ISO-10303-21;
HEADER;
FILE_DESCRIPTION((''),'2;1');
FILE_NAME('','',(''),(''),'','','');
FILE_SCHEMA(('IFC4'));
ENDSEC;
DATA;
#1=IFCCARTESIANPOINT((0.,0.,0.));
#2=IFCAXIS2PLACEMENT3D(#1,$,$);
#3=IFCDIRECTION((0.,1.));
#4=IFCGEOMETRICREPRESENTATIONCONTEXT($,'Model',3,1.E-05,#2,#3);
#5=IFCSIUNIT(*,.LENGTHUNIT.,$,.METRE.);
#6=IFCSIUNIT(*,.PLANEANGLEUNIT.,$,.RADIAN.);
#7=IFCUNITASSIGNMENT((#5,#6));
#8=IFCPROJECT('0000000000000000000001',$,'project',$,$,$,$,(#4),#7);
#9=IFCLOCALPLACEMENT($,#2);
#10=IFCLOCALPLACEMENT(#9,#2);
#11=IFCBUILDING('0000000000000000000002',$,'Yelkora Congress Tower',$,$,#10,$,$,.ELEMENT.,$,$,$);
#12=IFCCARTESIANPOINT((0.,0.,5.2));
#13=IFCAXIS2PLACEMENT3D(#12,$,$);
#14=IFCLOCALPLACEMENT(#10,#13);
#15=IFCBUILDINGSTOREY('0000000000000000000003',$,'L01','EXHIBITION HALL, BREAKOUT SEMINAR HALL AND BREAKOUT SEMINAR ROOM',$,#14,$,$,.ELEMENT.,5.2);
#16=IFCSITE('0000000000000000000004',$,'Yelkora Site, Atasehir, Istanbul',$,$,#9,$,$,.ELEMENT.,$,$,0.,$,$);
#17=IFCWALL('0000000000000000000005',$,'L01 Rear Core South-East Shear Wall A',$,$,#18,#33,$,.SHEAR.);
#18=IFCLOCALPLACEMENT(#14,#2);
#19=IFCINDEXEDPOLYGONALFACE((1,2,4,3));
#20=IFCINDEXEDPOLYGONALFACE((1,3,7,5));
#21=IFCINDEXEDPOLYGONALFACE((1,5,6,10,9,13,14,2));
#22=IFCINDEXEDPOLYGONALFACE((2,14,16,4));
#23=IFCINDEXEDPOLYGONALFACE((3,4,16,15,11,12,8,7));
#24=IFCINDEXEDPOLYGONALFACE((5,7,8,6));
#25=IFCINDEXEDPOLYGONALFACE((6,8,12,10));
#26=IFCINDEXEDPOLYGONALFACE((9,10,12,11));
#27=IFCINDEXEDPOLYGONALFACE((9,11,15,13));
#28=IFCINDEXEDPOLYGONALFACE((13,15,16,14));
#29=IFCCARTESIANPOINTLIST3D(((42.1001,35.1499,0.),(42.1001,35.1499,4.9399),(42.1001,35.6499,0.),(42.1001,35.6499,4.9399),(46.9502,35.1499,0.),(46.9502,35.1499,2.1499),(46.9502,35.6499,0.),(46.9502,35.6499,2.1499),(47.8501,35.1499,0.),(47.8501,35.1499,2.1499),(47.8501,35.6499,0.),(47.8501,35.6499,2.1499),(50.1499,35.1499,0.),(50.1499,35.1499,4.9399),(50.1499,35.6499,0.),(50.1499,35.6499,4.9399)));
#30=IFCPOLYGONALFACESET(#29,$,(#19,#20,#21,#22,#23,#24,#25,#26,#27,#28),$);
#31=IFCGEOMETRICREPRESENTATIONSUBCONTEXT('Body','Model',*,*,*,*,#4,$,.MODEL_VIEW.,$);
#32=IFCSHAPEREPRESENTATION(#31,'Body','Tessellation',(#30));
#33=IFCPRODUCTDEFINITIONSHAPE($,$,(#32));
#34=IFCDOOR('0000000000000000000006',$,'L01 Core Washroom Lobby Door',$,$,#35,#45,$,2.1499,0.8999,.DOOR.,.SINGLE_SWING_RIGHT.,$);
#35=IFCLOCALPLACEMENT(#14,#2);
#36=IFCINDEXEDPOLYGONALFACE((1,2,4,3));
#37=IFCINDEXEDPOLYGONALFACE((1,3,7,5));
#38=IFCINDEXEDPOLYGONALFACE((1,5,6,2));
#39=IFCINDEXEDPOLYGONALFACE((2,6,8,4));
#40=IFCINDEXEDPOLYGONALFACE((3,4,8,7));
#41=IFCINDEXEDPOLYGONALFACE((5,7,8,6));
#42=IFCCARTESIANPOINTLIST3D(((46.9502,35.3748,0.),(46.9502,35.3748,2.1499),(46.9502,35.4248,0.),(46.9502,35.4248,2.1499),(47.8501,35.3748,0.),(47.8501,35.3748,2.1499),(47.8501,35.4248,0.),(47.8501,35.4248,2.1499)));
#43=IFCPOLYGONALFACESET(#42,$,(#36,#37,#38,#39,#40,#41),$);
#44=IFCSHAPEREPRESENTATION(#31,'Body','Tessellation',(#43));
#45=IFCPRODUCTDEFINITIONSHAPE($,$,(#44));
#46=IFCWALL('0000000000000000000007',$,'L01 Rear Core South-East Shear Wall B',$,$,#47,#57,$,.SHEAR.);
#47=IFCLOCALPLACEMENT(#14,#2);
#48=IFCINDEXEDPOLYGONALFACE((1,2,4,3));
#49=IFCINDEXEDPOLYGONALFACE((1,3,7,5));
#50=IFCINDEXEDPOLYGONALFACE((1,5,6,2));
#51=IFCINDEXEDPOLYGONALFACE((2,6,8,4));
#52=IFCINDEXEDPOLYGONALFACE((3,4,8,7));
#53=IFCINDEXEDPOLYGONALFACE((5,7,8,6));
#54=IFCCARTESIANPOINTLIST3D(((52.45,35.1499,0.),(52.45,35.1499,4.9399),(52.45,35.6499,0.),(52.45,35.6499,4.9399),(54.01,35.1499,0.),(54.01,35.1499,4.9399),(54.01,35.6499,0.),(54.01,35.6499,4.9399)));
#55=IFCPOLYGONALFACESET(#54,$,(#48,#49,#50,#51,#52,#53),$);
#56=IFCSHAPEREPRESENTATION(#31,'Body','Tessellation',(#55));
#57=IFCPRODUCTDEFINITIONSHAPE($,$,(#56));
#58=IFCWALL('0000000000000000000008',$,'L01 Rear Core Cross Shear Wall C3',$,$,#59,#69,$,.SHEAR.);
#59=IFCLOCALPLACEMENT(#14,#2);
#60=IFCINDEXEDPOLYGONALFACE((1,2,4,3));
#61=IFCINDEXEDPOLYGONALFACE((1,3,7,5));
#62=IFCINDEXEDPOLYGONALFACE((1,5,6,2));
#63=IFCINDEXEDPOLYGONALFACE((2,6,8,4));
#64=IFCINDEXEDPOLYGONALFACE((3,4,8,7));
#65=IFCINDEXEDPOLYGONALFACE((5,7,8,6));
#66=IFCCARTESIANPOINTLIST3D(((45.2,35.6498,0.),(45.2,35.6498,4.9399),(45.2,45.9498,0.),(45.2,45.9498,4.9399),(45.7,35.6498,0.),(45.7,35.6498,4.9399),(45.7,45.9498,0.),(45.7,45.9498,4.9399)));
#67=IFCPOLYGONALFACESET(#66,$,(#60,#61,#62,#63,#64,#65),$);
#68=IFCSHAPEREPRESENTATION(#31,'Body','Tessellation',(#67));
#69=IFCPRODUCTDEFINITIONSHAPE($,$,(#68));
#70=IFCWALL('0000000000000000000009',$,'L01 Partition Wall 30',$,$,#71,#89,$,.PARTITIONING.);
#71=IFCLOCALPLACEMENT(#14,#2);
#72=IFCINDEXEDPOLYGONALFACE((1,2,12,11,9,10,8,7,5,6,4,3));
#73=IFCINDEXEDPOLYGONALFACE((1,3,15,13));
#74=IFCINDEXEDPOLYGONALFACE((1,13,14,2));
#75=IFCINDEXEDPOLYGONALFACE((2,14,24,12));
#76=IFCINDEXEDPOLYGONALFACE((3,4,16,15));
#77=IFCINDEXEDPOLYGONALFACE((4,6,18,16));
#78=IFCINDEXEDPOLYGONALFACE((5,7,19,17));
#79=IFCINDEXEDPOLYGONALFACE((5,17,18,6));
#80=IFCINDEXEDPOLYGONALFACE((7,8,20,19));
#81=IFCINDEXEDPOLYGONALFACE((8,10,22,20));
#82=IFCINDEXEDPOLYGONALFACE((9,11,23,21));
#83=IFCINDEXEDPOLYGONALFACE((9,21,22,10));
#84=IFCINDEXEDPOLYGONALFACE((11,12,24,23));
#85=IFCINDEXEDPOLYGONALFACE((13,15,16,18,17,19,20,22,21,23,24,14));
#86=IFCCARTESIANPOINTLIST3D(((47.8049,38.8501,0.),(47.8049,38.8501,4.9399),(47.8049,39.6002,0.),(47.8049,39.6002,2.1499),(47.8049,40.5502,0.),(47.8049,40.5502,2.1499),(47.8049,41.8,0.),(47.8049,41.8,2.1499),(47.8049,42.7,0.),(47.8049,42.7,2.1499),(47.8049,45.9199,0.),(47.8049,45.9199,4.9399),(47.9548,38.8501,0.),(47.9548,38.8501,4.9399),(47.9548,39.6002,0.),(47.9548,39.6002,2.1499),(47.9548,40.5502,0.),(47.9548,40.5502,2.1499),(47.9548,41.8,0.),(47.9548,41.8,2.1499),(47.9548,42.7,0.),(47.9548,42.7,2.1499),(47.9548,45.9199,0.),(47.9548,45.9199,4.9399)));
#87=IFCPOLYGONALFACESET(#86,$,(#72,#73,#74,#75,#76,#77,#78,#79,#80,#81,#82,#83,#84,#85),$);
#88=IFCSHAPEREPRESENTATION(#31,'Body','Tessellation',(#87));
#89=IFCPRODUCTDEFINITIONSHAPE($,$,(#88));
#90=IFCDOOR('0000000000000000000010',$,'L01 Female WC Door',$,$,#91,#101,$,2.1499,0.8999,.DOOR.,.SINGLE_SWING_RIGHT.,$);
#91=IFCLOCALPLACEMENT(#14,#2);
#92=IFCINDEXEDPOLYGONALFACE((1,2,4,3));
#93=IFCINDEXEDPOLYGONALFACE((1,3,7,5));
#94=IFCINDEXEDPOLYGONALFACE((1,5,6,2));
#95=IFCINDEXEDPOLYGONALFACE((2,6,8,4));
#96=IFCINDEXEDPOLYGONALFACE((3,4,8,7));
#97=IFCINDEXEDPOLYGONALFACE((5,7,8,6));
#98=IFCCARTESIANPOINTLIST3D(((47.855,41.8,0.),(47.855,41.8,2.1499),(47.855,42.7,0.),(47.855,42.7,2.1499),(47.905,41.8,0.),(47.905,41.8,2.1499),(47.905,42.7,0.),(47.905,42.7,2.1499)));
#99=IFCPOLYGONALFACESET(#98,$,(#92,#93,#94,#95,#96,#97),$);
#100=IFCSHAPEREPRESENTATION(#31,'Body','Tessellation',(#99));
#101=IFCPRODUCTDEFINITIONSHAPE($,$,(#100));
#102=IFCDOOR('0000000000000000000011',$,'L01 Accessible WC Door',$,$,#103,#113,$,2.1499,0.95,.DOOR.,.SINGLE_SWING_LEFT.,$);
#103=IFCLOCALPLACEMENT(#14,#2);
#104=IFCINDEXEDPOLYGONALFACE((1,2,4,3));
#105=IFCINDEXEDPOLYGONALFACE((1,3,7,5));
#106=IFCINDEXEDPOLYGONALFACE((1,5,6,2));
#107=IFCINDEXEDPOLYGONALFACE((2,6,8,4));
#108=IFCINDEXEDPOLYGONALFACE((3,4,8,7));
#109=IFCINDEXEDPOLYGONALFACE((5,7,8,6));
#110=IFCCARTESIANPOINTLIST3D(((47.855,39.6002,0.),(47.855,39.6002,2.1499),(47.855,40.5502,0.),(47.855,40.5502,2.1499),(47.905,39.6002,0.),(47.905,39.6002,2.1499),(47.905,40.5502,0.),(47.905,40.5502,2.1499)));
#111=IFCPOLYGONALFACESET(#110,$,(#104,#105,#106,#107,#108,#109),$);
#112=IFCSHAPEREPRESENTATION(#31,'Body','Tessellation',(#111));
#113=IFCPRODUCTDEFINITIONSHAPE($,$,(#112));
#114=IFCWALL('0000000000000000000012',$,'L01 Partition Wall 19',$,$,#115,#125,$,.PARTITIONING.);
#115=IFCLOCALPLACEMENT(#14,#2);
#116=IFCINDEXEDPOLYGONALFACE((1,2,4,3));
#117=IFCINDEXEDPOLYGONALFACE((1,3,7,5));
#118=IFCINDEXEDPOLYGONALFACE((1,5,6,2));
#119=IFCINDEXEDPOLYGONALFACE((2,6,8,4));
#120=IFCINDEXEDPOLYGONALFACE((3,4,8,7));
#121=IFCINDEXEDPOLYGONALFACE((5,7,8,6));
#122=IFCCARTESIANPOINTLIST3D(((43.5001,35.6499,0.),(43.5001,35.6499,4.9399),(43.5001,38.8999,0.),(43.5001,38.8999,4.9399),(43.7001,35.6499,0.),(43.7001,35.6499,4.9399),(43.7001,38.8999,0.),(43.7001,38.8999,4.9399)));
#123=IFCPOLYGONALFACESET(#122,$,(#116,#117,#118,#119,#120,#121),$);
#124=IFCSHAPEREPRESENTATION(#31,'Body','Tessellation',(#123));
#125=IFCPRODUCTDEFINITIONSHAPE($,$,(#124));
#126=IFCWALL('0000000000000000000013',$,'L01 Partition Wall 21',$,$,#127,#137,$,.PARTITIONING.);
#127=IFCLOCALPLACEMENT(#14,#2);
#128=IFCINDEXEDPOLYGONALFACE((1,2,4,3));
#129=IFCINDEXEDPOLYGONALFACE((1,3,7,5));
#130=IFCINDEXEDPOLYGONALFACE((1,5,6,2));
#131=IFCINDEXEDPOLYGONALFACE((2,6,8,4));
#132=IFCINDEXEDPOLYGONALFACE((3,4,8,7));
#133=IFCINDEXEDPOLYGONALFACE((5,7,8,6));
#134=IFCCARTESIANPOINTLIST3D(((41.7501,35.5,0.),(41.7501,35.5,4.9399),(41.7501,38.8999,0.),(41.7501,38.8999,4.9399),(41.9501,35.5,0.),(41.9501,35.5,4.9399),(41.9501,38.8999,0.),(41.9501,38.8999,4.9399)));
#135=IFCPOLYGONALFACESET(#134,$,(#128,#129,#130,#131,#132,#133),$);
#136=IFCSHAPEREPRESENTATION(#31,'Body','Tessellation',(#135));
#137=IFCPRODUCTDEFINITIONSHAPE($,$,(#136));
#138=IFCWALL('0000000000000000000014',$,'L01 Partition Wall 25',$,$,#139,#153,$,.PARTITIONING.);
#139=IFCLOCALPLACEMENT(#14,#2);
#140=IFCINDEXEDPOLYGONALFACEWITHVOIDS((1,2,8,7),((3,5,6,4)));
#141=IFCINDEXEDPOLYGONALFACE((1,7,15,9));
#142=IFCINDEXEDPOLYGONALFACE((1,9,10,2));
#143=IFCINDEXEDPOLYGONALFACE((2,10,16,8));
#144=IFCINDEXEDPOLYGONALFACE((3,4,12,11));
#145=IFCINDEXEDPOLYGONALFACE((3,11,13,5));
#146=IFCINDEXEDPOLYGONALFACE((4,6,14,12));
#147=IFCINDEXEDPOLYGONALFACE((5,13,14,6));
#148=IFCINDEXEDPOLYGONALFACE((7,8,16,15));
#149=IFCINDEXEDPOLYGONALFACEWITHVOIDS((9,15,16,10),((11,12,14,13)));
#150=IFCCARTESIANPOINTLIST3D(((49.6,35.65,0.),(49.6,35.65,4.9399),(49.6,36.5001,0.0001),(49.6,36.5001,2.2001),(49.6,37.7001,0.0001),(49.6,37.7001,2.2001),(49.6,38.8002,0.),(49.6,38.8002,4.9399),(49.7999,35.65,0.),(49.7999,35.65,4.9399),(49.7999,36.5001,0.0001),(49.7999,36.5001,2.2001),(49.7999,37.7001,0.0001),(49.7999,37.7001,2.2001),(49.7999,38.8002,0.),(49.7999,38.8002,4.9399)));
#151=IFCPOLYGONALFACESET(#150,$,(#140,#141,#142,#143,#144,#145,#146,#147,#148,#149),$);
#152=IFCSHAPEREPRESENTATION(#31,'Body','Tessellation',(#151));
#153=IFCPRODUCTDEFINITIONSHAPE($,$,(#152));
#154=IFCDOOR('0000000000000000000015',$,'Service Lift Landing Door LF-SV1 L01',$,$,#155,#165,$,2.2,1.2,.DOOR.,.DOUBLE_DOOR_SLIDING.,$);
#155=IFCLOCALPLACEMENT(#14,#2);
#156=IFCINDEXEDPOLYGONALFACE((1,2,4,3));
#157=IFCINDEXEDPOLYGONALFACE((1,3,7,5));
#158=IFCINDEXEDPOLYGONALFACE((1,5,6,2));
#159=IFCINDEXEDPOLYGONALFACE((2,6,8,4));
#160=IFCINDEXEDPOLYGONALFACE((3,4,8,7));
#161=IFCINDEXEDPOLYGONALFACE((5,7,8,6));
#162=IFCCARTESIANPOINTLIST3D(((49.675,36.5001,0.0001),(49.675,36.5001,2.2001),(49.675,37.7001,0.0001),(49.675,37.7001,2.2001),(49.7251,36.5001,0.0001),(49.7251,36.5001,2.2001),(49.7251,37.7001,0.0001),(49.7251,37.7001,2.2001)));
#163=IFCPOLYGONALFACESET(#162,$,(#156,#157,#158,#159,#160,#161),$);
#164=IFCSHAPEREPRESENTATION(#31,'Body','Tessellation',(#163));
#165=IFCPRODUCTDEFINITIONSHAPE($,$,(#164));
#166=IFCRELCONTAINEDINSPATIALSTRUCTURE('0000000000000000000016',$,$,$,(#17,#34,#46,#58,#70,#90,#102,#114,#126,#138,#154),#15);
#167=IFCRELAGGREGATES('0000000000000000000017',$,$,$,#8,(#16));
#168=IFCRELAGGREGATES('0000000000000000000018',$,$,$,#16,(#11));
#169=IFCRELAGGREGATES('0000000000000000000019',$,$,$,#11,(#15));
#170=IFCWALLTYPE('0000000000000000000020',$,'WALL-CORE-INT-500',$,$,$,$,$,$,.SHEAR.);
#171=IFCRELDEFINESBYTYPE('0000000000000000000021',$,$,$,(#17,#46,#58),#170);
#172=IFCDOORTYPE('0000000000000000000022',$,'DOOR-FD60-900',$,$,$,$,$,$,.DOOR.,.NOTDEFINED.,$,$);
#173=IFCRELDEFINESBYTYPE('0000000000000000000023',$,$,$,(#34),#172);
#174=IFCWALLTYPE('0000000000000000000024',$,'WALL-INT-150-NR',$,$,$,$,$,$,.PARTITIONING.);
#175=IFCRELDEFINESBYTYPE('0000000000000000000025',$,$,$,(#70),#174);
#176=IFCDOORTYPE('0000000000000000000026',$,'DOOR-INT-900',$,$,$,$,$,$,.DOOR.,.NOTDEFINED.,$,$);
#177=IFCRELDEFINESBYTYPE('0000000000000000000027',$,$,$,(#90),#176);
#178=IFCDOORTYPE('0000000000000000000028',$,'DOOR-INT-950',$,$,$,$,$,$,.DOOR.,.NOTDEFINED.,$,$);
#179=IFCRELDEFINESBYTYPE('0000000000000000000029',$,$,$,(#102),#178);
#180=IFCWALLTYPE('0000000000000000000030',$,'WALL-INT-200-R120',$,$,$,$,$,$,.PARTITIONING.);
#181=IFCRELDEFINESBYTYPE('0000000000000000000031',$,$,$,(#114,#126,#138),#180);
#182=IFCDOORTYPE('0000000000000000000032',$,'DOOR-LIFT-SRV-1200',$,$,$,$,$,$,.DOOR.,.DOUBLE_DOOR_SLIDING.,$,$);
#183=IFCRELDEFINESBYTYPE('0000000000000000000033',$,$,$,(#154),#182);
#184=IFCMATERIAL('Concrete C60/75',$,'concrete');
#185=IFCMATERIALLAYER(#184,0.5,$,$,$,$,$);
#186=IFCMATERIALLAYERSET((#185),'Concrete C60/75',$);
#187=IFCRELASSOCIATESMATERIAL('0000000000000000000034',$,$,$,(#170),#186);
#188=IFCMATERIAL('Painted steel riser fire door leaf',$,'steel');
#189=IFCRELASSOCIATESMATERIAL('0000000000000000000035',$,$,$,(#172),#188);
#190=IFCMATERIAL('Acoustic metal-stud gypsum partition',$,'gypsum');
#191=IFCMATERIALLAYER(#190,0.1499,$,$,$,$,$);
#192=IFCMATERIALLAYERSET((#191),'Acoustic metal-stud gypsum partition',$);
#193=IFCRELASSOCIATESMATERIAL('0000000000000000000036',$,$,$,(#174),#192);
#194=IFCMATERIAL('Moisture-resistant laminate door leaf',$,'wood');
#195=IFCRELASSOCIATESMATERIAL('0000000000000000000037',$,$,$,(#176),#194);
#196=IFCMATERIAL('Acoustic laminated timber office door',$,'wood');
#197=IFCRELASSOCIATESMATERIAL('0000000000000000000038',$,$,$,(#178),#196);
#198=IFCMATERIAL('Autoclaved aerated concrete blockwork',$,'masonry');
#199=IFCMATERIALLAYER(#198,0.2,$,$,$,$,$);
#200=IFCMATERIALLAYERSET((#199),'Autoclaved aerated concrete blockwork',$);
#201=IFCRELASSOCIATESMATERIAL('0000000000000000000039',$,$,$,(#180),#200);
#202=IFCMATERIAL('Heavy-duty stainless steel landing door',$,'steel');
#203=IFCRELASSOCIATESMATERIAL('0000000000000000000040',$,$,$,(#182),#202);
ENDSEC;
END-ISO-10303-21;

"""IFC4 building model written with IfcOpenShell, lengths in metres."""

from ifc_helpers import new_model, si_unit, direction, frame, frame_2d, origin, place, context, subcontext, project, spatial, rectangle, extrude, material, layer, layer_set, type_object, element, fill, save


model = new_model("IFC4")

# Units and contexts
model_context = context("Model", 3, precision=1e-05, world=origin(), true_north=direction((0.0, 1.0)))
body_context = subcontext(model_context, "Body", "Model", "MODEL_VIEW")
ifc_project = project(units=[si_unit("LENGTHUNIT", "METRE"), si_unit("PLANEANGLEUNIT", "RADIAN")], contexts=[model_context])

# Site, building, storey
site_placement = place(None, origin())
site = spatial("IfcSite", under=ifc_project, at=site_placement, Name="Yelkora Site, Atasehir, Istanbul", CompositionType="ELEMENT", RefElevation=0.0)
building_placement = place(site_placement, origin())
building = spatial("IfcBuilding", under=site, at=building_placement, Name="Yelkora Congress Tower", CompositionType="ELEMENT")
storey_placement = place(building_placement, frame((0.0, 0.0, 5.2)))
storey = spatial("IfcBuildingStorey", under=building, at=storey_placement, Name="L01", Description="EXHIBITION HALL, BREAKOUT SEMINAR HALL AND BREAKOUT SEMINAR ROOM", CompositionType="ELEMENT", Elevation=5.2)

# Shared definitions
ifc_material_1 = material(Name="Concrete C60/75", Category="concrete")

# Wall, opening, door
ifc_layer_1 = layer(ifc_material_1, 0.5)
ifc_layer_set_1 = layer_set([ifc_layer_1], Name="Concrete C60/75")
wall_type_1 = type_object("IfcWallType", Name="WALL-CORE-INT-500", PredefinedType="SHEAR", material=ifc_layer_set_1)
wall_1_placement = place(storey_placement, frame((42.1001, 35.3999, 0.0), z_axis=(0.0, 0.0, 1.0), x_axis=(1.0, 0.0, 0.0)))
wall_1 = element("IfcWall", 1, at=wall_1_placement, inside=storey, type_object=wall_type_1, Name="L01 Rear Core South-East Shear Wall A", PredefinedType="SHEAR", context=body_context, shape_type="SweptSolid", body=[
    extrude(rectangle(XDim=8.0498, YDim=0.5, at=frame_2d((4.0249, 0.0))), origin(), (0.0, 0.0, 1.0), 4.9399),
])
opening_1_placement = place(wall_1_placement, frame((4.8501, 0.0, 0.0)))
opening_1 = element("IfcOpeningElement", 2, at=opening_1_placement, cuts=wall_1, PredefinedType="OPENING", context=body_context, shape_type="SweptSolid", body=[
    extrude(rectangle(XDim=0.8999, YDim=2.1499, at=frame_2d((0.45, 1.075))), frame((0.0, 0.26, 0.0), z_axis=(0.0, -1.0, 0.0), x_axis=(1.0, 0.0, 0.0)), (0.0, 0.0, 1.0), 0.52),
])
ifc_material_2 = material(Name="Painted steel riser fire door leaf", Category="steel")
door_type_1 = type_object("IfcDoorType", Name="DOOR-FD60-900", OperationType="NOTDEFINED", PredefinedType="DOOR", material=ifc_material_2)
door_1_placement = place(opening_1_placement, origin())
door_1 = element("IfcDoor", 3, at=door_1_placement, inside=storey, type_object=door_type_1, Name="L01 Core Washroom Lobby Door", OperationType="SINGLE_SWING_RIGHT", OverallHeight=2.1499, OverallWidth=0.8999, PredefinedType="DOOR", context=body_context, shape_type="SweptSolid", body=[
    extrude(rectangle(XDim=0.8999, YDim=2.1499, at=frame_2d((0.45, 1.075))), frame((0.0, 0.0249, 0.0), z_axis=(0.0, -1.0, 0.0), x_axis=(1.0, 0.0, 0.0)), (0.0, 0.0, 1.0), 0.05),
])
fill(opening_1, door_1)

# Walls
wall_2_placement = place(storey_placement, frame((52.45, 35.3999, 0.0), z_axis=(0.0, 0.0, 1.0), x_axis=(1.0, 0.0, 0.0)))
element("IfcWall", 4, at=wall_2_placement, inside=storey, type_object=wall_type_1, Name="L01 Rear Core South-East Shear Wall B", PredefinedType="SHEAR", context=body_context, shape_type="SweptSolid", body=[
    extrude(rectangle(XDim=1.5601, YDim=0.5, at=frame_2d((0.78, 0.0))), origin(), (0.0, 0.0, 1.0), 4.9399),
])
wall_3_placement = place(storey_placement, frame((45.45, 35.6499, 0.0), z_axis=(0.0, 0.0, 1.0), x_axis=(0.0, 1.0, 0.0)))
element("IfcWall", 5, at=wall_3_placement, inside=storey, type_object=wall_type_1, Name="L01 Rear Core Cross Shear Wall C3", PredefinedType="SHEAR", context=body_context, shape_type="SweptSolid", body=[
    extrude(rectangle(XDim=10.3, YDim=0.5, at=frame_2d((5.1499, 0.0))), origin(), (0.0, 0.0, 1.0), 4.9399),
])

# Wall, openings, doors
ifc_material_3 = material(Name="Acoustic metal-stud gypsum partition", Category="gypsum")
ifc_layer_2 = layer(ifc_material_3, 0.1499)
ifc_layer_set_2 = layer_set([ifc_layer_2], Name="Acoustic metal-stud gypsum partition")
wall_type_2 = type_object("IfcWallType", Name="WALL-INT-150-NR", PredefinedType="PARTITIONING", material=ifc_layer_set_2)
wall_4_placement = place(storey_placement, frame((47.8799, 38.8501, 0.0), z_axis=(0.0, 0.0, 1.0), x_axis=(0.0, 1.0, 0.0)))
wall_4 = element("IfcWall", 6, at=wall_4_placement, inside=storey, type_object=wall_type_2, Name="L01 Partition Wall 30", PredefinedType="PARTITIONING", context=body_context, shape_type="SweptSolid", body=[
    extrude(rectangle(XDim=7.0698, YDim=0.1499, at=frame_2d((3.5349, 0.0))), origin(), (0.0, 0.0, 1.0), 4.9399),
])
opening_2_placement = place(wall_4_placement, frame((0.75, 0.0, 0.0)))
opening_2 = element("IfcOpeningElement", 7, at=opening_2_placement, cuts=wall_4, PredefinedType="OPENING", context=body_context, shape_type="SweptSolid", body=[
    extrude(rectangle(XDim=0.95, YDim=2.1499, at=frame_2d((0.4751, 1.075))), frame((0.0, 0.085, 0.0), z_axis=(0.0, -1.0, 0.0), x_axis=(1.0, 0.0, 0.0)), (0.0, 0.0, 1.0), 0.1699),
])
opening_3_placement = place(wall_4_placement, frame((2.95, 0.0, 0.0)))
opening_3 = element("IfcOpeningElement", 8, at=opening_3_placement, cuts=wall_4, PredefinedType="OPENING", context=body_context, shape_type="SweptSolid", body=[
    extrude(rectangle(XDim=0.8999, YDim=2.1499, at=frame_2d((0.45, 1.075))), frame((0.0, 0.085, 0.0), z_axis=(0.0, -1.0, 0.0), x_axis=(1.0, 0.0, 0.0)), (0.0, 0.0, 1.0), 0.1699),
])
ifc_material_4 = material(Name="Moisture-resistant laminate door leaf", Category="wood")
door_type_2 = type_object("IfcDoorType", Name="DOOR-INT-900", OperationType="NOTDEFINED", PredefinedType="DOOR", material=ifc_material_4)
door_2_placement = place(opening_3_placement, origin())
door_2 = element("IfcDoor", 9, at=door_2_placement, inside=storey, type_object=door_type_2, Name="L01 Female WC Door", OperationType="SINGLE_SWING_RIGHT", OverallHeight=2.1499, OverallWidth=0.8999, PredefinedType="DOOR", context=body_context, shape_type="SweptSolid", body=[
    extrude(rectangle(XDim=0.8999, YDim=2.1499, at=frame_2d((0.45, 1.075))), frame((0.0, 0.0249, 0.0), z_axis=(0.0, -1.0, 0.0), x_axis=(1.0, 0.0, 0.0)), (0.0, 0.0, 1.0), 0.05),
])
fill(opening_3, door_2)
ifc_material_5 = material(Name="Acoustic laminated timber office door", Category="wood")
door_type_3 = type_object("IfcDoorType", Name="DOOR-INT-950", OperationType="NOTDEFINED", PredefinedType="DOOR", material=ifc_material_5)
door_3_placement = place(opening_2_placement, origin())
door_3 = element("IfcDoor", 10, at=door_3_placement, inside=storey, type_object=door_type_3, Name="L01 Accessible WC Door", OperationType="SINGLE_SWING_LEFT", OverallHeight=2.1499, OverallWidth=0.95, PredefinedType="DOOR", context=body_context, shape_type="SweptSolid", body=[
    extrude(rectangle(XDim=0.95, YDim=2.1499, at=frame_2d((0.4751, 1.075))), frame((0.0, 0.0249, 0.0), z_axis=(0.0, -1.0, 0.0), x_axis=(1.0, 0.0, 0.0)), (0.0, 0.0, 1.0), 0.05),
])
fill(opening_2, door_3)

# Walls
ifc_material_6 = material(Name="Autoclaved aerated concrete blockwork", Category="masonry")
ifc_layer_3 = layer(ifc_material_6, 0.2)
ifc_layer_set_3 = layer_set([ifc_layer_3], Name="Autoclaved aerated concrete blockwork")
wall_type_3 = type_object("IfcWallType", Name="WALL-INT-200-R120", PredefinedType="PARTITIONING", material=ifc_layer_set_3)
wall_5_placement = place(storey_placement, frame((43.6001, 35.6499, 0.0), z_axis=(0.0, 0.0, 1.0), x_axis=(0.0, 1.0, 0.0)))
element("IfcWall", 11, at=wall_5_placement, inside=storey, type_object=wall_type_3, Name="L01 Partition Wall 19", PredefinedType="PARTITIONING", context=body_context, shape_type="SweptSolid", body=[
    extrude(rectangle(XDim=3.25, YDim=0.2, at=frame_2d((1.625, 0.0))), origin(), (0.0, 0.0, 1.0), 4.9399),
])
wall_6_placement = place(storey_placement, frame((41.8501, 35.5, 0.0), z_axis=(0.0, 0.0, 1.0), x_axis=(0.0, 1.0, 0.0)))
element("IfcWall", 12, at=wall_6_placement, inside=storey, type_object=wall_type_3, Name="L01 Partition Wall 21", PredefinedType="PARTITIONING", context=body_context, shape_type="SweptSolid", body=[
    extrude(rectangle(XDim=3.3999, YDim=0.2, at=frame_2d((1.7, 0.0))), origin(), (0.0, 0.0, 1.0), 4.9399),
])

# Wall, opening, door
wall_7_placement = place(storey_placement, frame((49.7, 35.6499, 0.0), z_axis=(0.0, 0.0, 1.0), x_axis=(0.0, 1.0, 0.0)))
wall_7 = element("IfcWall", 13, at=wall_7_placement, inside=storey, type_object=wall_type_3, Name="L01 Partition Wall 25", PredefinedType="PARTITIONING", context=body_context, shape_type="SweptSolid", body=[
    extrude(rectangle(XDim=3.1501, YDim=0.2, at=frame_2d((1.5752, 0.0))), origin(), (0.0, 0.0, 1.0), 4.9399),
])
opening_4_placement = place(wall_7_placement, frame((0.8501, 0.0, 0.0)))
opening_4 = element("IfcOpeningElement", 14, at=opening_4_placement, cuts=wall_7, PredefinedType="OPENING", context=body_context, shape_type="SweptSolid", body=[
    extrude(rectangle(XDim=1.2, YDim=2.2, at=frame_2d((0.6001, 1.1001))), frame((0.0, 0.1099, 0.0), z_axis=(0.0, -1.0, 0.0), x_axis=(1.0, 0.0, 0.0)), (0.0, 0.0, 1.0), 0.22),
])
ifc_material_7 = material(Name="Heavy-duty stainless steel landing door", Category="steel")
door_type_4 = type_object("IfcDoorType", Name="DOOR-LIFT-SRV-1200", OperationType="DOUBLE_DOOR_SLIDING", PredefinedType="DOOR", material=ifc_material_7)
door_4_placement = place(opening_4_placement, origin())
door_4 = element("IfcDoor", 15, at=door_4_placement, inside=storey, type_object=door_type_4, Name="Service Lift Landing Door LF-SV1 L01", OperationType="DOUBLE_DOOR_SLIDING", OverallHeight=2.2, OverallWidth=1.2, PredefinedType="DOOR", context=body_context, shape_type="SweptSolid", body=[
    extrude(rectangle(XDim=1.2, YDim=2.2, at=frame_2d((0.6001, 1.1001))), frame((0.0, 0.0249, 0.0), z_axis=(0.0, -1.0, 0.0), x_axis=(1.0, 0.0, 0.0)), (0.0, 0.0, 1.0), 0.05),
])
fill(opening_4, door_4)

save(model, "model.ifc")
